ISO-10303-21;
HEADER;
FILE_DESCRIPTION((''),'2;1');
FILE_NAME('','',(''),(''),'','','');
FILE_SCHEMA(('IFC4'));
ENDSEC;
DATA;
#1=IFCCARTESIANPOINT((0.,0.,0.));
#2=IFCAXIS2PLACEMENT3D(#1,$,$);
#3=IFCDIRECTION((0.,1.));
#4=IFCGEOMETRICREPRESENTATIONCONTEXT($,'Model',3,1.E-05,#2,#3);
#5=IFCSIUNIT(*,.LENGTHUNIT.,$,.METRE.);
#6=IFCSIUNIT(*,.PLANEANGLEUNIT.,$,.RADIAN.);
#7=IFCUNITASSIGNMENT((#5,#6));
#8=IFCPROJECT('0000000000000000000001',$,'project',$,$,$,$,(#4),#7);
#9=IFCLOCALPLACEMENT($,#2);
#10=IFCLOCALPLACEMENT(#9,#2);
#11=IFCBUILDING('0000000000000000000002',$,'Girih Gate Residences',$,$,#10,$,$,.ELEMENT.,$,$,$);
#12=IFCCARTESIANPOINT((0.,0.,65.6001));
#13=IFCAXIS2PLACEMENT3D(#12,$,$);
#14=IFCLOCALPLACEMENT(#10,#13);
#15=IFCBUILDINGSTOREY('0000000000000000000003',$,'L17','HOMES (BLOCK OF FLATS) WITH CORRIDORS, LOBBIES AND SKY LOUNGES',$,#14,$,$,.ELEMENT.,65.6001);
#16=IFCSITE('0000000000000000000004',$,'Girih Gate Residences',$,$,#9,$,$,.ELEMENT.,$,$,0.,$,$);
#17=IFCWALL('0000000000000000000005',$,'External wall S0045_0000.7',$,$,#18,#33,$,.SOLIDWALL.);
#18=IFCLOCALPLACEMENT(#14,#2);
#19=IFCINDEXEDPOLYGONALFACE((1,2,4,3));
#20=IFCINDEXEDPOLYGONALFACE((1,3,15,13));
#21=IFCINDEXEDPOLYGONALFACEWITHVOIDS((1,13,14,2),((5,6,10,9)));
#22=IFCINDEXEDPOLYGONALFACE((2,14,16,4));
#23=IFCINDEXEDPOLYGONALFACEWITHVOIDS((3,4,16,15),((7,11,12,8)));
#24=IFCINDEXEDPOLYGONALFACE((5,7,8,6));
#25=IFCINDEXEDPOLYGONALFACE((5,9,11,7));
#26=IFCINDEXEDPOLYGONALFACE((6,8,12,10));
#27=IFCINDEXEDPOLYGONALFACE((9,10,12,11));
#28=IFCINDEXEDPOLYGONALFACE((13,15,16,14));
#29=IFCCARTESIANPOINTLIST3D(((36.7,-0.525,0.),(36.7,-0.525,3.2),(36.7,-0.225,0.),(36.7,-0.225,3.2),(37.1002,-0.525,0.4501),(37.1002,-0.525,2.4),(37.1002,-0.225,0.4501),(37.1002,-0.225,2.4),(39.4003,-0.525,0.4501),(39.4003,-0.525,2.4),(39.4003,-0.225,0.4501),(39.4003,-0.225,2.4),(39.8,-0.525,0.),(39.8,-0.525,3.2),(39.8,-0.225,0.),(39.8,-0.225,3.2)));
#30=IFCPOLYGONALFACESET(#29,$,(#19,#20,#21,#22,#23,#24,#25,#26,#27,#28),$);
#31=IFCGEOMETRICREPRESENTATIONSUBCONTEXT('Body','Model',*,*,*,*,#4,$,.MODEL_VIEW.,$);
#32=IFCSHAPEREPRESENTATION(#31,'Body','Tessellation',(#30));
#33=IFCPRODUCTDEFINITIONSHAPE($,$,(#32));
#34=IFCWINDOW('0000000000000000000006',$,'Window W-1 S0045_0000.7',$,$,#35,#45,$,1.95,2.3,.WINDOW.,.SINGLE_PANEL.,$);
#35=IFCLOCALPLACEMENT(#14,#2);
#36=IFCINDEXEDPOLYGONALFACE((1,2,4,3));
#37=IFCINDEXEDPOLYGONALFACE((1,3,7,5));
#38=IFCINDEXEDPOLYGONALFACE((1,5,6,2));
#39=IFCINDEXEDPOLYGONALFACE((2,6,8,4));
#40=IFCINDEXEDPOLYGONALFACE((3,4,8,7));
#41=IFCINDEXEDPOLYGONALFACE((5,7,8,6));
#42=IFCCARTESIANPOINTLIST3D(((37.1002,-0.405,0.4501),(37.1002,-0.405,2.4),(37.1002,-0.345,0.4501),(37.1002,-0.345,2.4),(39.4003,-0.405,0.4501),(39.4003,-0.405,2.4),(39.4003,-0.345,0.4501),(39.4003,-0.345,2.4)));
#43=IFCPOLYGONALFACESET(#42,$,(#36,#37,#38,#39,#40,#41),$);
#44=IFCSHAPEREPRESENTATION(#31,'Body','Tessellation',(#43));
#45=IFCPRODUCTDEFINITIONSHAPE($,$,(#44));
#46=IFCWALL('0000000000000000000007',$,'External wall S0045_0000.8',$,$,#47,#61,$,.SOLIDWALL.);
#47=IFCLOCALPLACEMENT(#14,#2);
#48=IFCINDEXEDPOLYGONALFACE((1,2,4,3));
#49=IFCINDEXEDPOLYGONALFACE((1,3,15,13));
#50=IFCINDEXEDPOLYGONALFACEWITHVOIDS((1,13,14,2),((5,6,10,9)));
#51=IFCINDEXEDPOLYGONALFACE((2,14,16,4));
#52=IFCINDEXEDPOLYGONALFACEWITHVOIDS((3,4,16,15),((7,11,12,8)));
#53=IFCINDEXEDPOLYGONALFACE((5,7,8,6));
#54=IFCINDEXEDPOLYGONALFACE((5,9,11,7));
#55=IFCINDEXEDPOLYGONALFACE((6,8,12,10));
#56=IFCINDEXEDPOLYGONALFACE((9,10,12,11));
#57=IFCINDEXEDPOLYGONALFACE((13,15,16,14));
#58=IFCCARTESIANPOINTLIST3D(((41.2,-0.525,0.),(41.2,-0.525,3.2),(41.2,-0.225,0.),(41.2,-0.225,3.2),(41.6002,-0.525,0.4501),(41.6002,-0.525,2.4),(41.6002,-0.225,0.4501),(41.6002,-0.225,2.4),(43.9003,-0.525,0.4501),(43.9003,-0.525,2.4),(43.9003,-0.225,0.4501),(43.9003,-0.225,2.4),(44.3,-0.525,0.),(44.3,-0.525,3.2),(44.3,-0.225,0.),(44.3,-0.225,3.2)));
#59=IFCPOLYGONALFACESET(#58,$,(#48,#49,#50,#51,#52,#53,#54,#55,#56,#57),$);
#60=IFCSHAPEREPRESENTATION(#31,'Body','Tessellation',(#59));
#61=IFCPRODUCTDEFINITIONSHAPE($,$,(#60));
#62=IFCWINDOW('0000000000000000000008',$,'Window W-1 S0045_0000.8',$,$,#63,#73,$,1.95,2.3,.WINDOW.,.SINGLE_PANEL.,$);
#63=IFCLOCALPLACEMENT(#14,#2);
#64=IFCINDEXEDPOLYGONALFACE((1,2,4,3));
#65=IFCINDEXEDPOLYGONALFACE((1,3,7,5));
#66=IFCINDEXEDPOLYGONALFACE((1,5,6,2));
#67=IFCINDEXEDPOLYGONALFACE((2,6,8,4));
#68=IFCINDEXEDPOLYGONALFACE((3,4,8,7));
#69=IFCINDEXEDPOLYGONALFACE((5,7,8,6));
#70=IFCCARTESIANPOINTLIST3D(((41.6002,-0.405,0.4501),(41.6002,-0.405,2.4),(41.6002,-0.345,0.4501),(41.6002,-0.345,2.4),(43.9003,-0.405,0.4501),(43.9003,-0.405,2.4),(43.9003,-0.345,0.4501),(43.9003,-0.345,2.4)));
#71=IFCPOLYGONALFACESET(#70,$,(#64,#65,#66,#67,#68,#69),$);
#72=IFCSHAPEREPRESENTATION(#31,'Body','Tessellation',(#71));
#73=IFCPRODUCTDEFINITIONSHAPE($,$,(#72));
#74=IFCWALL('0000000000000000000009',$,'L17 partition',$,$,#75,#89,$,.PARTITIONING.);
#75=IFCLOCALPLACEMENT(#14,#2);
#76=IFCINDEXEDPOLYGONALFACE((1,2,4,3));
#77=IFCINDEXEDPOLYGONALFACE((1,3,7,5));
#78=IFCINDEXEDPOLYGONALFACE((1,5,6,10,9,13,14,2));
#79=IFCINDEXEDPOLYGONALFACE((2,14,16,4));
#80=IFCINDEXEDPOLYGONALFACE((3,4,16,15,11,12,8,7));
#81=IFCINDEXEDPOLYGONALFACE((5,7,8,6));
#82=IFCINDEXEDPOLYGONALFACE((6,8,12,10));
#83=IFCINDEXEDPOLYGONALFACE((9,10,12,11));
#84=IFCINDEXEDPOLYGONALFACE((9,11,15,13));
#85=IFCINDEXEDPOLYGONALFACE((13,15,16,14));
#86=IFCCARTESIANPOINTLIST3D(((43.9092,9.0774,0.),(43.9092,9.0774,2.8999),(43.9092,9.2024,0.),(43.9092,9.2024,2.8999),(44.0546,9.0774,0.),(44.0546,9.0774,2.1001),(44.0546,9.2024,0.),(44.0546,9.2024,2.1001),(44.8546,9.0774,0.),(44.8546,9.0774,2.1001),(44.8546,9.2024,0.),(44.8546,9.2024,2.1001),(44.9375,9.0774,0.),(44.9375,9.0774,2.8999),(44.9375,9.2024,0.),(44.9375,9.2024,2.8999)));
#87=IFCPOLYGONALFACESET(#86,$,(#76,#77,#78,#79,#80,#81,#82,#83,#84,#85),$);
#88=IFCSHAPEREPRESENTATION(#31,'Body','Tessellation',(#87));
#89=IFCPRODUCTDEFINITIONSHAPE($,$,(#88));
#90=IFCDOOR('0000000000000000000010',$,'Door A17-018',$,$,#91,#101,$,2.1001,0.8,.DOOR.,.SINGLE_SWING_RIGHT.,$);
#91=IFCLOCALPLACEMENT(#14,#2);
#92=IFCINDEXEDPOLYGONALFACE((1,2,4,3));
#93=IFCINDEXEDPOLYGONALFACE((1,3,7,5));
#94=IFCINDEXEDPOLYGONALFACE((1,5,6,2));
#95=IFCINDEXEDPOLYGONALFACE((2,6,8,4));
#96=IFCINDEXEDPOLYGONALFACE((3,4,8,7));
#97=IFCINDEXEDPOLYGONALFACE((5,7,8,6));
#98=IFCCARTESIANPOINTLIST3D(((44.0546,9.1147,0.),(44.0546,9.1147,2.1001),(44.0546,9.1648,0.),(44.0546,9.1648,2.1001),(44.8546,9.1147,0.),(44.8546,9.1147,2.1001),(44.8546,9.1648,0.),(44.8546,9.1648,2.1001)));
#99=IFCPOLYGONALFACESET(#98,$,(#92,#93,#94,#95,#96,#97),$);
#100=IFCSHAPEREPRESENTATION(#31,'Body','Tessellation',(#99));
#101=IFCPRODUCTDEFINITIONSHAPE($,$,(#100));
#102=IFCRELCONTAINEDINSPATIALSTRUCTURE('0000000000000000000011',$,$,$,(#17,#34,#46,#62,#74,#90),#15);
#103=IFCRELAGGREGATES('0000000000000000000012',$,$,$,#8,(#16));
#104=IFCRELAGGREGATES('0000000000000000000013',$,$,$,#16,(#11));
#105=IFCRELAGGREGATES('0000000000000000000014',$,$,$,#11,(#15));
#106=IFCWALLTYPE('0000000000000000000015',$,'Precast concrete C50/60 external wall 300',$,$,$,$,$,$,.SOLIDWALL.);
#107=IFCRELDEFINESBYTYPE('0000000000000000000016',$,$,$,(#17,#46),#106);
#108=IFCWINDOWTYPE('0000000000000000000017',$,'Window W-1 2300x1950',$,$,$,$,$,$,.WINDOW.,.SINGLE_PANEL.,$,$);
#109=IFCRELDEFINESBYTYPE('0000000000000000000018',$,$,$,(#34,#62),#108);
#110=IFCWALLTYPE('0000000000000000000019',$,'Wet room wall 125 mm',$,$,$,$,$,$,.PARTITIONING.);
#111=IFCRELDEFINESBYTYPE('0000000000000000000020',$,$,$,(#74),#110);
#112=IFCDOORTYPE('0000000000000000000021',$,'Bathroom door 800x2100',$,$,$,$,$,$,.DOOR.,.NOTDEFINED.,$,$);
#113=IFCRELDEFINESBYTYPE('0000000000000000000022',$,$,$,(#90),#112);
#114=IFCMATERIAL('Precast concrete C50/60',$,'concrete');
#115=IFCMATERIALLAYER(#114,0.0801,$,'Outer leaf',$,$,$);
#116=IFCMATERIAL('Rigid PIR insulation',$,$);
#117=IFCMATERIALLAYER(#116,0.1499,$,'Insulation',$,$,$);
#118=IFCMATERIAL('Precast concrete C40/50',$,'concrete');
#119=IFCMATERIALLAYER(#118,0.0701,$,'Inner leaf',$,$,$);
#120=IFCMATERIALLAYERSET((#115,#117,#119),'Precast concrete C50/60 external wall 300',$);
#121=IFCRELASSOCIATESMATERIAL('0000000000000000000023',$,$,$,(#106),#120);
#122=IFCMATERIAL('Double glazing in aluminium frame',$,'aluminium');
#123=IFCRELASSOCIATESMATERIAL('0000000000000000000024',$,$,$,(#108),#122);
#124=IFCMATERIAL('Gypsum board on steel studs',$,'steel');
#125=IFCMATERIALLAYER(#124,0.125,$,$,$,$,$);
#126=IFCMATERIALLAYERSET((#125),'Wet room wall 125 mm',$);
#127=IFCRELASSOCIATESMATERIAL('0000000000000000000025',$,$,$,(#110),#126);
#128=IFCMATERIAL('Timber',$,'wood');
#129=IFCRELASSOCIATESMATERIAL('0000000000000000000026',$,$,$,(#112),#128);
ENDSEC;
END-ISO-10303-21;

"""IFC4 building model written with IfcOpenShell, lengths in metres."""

from ifc_helpers import new_model, si_unit, direction, frame, frame_2d, origin, place, context, subcontext, project, spatial, rectangle, extrude, material, layer, layer_set, type_object, element, fill, save


model = new_model("IFC4")

# Units and contexts
model_context = context("Model", 3, precision=1e-05, world=origin(), true_north=direction((0.0, 1.0)))
body_context = subcontext(model_context, "Body", "Model", "MODEL_VIEW")
ifc_project = project(units=[si_unit("LENGTHUNIT", "METRE"), si_unit("PLANEANGLEUNIT", "RADIAN")], contexts=[model_context])

# Site, building, storey
site_placement = place(None, origin())
site = spatial("IfcSite", under=ifc_project, at=site_placement, Name="Girih Gate Residences", CompositionType="ELEMENT", RefElevation=0.0)
building_placement = place(site_placement, origin())
building = spatial("IfcBuilding", under=site, at=building_placement, Name="Girih Gate Residences", CompositionType="ELEMENT")
storey_placement = place(building_placement, frame((0.0, 0.0, 65.6001)))
storey = spatial("IfcBuildingStorey", under=building, at=storey_placement, Name="L17", Description="HOMES (BLOCK OF FLATS) WITH CORRIDORS, LOBBIES AND SKY LOUNGES", CompositionType="ELEMENT", Elevation=65.6001)

# Shared definitions
ifc_material_1 = material(Name="Gypsum board on steel studs", Category="steel")
ifc_material_2 = material(Name="Timber", Category="wood")

# Walls, openings, windows
ifc_material_3 = material(Name="Precast concrete C50/60", Category="concrete")
ifc_layer_1 = layer(ifc_material_3, 0.0801, Name="Outer leaf")
ifc_material_4 = material(Name="Rigid PIR insulation")
ifc_layer_2 = layer(ifc_material_4, 0.1499, Name="Insulation")
ifc_material_5 = material(Name="Precast concrete C40/50", Category="concrete")
ifc_layer_3 = layer(ifc_material_5, 0.0701, Name="Inner leaf")
ifc_layer_set_1 = layer_set([ifc_layer_1, ifc_layer_2, ifc_layer_3], Name="Precast concrete C50/60 external wall 300")
wall_type_1 = type_object("IfcWallType", Name="Precast concrete C50/60 external wall 300", PredefinedType="SOLIDWALL", material=ifc_layer_set_1)
wall_1_placement = place(storey_placement, frame((39.8, -0.375, 0.0), z_axis=(0.0, 0.0, 1.0), x_axis=(-1.0, 0.0, 0.0)))
wall_1 = element("IfcWall", 1, at=wall_1_placement, inside=storey, type_object=wall_type_1, Name="External wall S0045_0000.7", PredefinedType="SOLIDWALL", context=body_context, shape_type="SweptSolid", body=[
    extrude(rectangle(XDim=3.1001, YDim=0.3, at=frame_2d((1.55, 0.0))), origin(), (0.0, 0.0, 1.0), 3.2),
])
opening_1_placement = place(wall_1_placement, frame((0.3999, 0.0, 0.45)))
opening_1 = element("IfcOpeningElement", 2, at=opening_1_placement, cuts=wall_1, PredefinedType="OPENING", context=body_context, shape_type="SweptSolid", body=[
    extrude(rectangle(XDim=2.3, YDim=1.95, at=frame_2d((1.1499, 0.9751))), frame((0.0, 0.1599, 0.0), z_axis=(0.0, -1.0, 0.0), x_axis=(1.0, 0.0, 0.0)), (0.0, 0.0, 1.0), 0.3201),
])
ifc_material_6 = material(Name="Double glazing in aluminium frame", Category="aluminium")
window_type = type_object("IfcWindowType", Name="Window W-1 2300x1950", PartitioningType="SINGLE_PANEL", PredefinedType="WINDOW", material=ifc_material_6)
window_1_placement = place(opening_1_placement, origin())
window_1 = element("IfcWindow", 3, at=window_1_placement, inside=storey, type_object=window_type, Name="Window W-1 S0045_0000.7", OverallHeight=1.95, OverallWidth=2.3, PartitioningType="SINGLE_PANEL", PredefinedType="WINDOW", context=body_context, shape_type="SweptSolid", body=[
    extrude(rectangle(XDim=2.3, YDim=1.95, at=frame_2d((1.1499, 0.9751))), frame((0.0, 0.03, 0.0), z_axis=(0.0, -1.0, 0.0), x_axis=(1.0, 0.0, 0.0)), (0.0, 0.0, 1.0), 0.0601),
])
fill(opening_1, window_1)
wall_2_placement = place(storey_placement, frame((44.3, -0.375, 0.0), z_axis=(0.0, 0.0, 1.0), x_axis=(-1.0, 0.0, 0.0)))
wall_2 = element("IfcWall", 4, at=wall_2_placement, inside=storey, type_object=wall_type_1, Name="External wall S0045_0000.8", PredefinedType="SOLIDWALL", context=body_context, shape_type="SweptSolid", body=[
    extrude(rectangle(XDim=3.1001, YDim=0.3, at=frame_2d((1.55, 0.0))), origin(), (0.0, 0.0, 1.0), 3.2),
])
opening_2_placement = place(wall_2_placement, frame((0.3999, 0.0, 0.45)))
opening_2 = element("IfcOpeningElement", 5, at=opening_2_placement, cuts=wall_2, PredefinedType="OPENING", context=body_context, shape_type="SweptSolid", body=[
    extrude(rectangle(XDim=2.3, YDim=1.95, at=frame_2d((1.1499, 0.9751))), frame((0.0, 0.1599, 0.0), z_axis=(0.0, -1.0, 0.0), x_axis=(1.0, 0.0, 0.0)), (0.0, 0.0, 1.0), 0.3201),
])
window_2_placement = place(opening_2_placement, origin())
window_2 = element("IfcWindow", 6, at=window_2_placement, inside=storey, type_object=window_type, Name="Window W-1 S0045_0000.8", OverallHeight=1.95, OverallWidth=2.3, PartitioningType="SINGLE_PANEL", PredefinedType="WINDOW", context=body_context, shape_type="SweptSolid", body=[
    extrude(rectangle(XDim=2.3, YDim=1.95, at=frame_2d((1.1499, 0.9751))), frame((0.0, 0.03, 0.0), z_axis=(0.0, -1.0, 0.0), x_axis=(1.0, 0.0, 0.0)), (0.0, 0.0, 1.0), 0.0601),
])
fill(opening_2, window_2)

# Wall, opening, door
ifc_layer_4 = layer(ifc_material_1, 0.125)
ifc_layer_set_2 = layer_set([ifc_layer_4], Name="Wet room wall 125 mm")
wall_type_2 = type_object("IfcWallType", Name="Wet room wall 125 mm", PredefinedType="PARTITIONING", material=ifc_layer_set_2)
wall_3_placement = place(storey_placement, frame((43.9092, 9.1399, 0.0), z_axis=(0.0, 0.0, 1.0), x_axis=(1.0, 0.0, 0.0)))
wall_3 = element("IfcWall", 7, at=wall_3_placement, inside=storey, type_object=wall_type_2, Name="L17 partition", PredefinedType="PARTITIONING", context=body_context, shape_type="SweptSolid", body=[
    extrude(rectangle(XDim=1.0283, YDim=0.125, at=frame_2d((0.5142, 0.0))), origin(), (0.0, 0.0, 1.0), 2.8999),
])
opening_3_placement = place(wall_3_placement, frame((0.1455, 0.0, 0.0)))
opening_3 = element("IfcOpeningElement", 8, at=opening_3_placement, cuts=wall_3, PredefinedType="OPENING", context=body_context, shape_type="SweptSolid", body=[
    extrude(rectangle(XDim=0.8, YDim=2.1001, at=frame_2d((0.3999, 1.05))), frame((0.0, 0.0725, 0.0), z_axis=(0.0, -1.0, 0.0), x_axis=(1.0, 0.0, 0.0)), (0.0, 0.0, 1.0), 0.145),
])
door_type_1 = type_object("IfcDoorType", Name="Bathroom door 800x2100", OperationType="NOTDEFINED", PredefinedType="DOOR", material=ifc_material_2)
door_1_placement = place(opening_3_placement, origin())
door_1 = element("IfcDoor", 9, at=door_1_placement, inside=storey, type_object=door_type_1, Name="Door A17-018", OperationType="SINGLE_SWING_RIGHT", OverallHeight=2.1001, OverallWidth=0.8, PredefinedType="DOOR", context=body_context, shape_type="SweptSolid", body=[
    extrude(rectangle(XDim=0.8, YDim=2.1001, at=frame_2d((0.3999, 1.05))), frame((0.0, 0.0249, 0.0), z_axis=(0.0, -1.0, 0.0), x_axis=(1.0, 0.0, 0.0)), (0.0, 0.0, 1.0), 0.05),
])
fill(opening_3, door_1)

save(model, "model.ifc")
